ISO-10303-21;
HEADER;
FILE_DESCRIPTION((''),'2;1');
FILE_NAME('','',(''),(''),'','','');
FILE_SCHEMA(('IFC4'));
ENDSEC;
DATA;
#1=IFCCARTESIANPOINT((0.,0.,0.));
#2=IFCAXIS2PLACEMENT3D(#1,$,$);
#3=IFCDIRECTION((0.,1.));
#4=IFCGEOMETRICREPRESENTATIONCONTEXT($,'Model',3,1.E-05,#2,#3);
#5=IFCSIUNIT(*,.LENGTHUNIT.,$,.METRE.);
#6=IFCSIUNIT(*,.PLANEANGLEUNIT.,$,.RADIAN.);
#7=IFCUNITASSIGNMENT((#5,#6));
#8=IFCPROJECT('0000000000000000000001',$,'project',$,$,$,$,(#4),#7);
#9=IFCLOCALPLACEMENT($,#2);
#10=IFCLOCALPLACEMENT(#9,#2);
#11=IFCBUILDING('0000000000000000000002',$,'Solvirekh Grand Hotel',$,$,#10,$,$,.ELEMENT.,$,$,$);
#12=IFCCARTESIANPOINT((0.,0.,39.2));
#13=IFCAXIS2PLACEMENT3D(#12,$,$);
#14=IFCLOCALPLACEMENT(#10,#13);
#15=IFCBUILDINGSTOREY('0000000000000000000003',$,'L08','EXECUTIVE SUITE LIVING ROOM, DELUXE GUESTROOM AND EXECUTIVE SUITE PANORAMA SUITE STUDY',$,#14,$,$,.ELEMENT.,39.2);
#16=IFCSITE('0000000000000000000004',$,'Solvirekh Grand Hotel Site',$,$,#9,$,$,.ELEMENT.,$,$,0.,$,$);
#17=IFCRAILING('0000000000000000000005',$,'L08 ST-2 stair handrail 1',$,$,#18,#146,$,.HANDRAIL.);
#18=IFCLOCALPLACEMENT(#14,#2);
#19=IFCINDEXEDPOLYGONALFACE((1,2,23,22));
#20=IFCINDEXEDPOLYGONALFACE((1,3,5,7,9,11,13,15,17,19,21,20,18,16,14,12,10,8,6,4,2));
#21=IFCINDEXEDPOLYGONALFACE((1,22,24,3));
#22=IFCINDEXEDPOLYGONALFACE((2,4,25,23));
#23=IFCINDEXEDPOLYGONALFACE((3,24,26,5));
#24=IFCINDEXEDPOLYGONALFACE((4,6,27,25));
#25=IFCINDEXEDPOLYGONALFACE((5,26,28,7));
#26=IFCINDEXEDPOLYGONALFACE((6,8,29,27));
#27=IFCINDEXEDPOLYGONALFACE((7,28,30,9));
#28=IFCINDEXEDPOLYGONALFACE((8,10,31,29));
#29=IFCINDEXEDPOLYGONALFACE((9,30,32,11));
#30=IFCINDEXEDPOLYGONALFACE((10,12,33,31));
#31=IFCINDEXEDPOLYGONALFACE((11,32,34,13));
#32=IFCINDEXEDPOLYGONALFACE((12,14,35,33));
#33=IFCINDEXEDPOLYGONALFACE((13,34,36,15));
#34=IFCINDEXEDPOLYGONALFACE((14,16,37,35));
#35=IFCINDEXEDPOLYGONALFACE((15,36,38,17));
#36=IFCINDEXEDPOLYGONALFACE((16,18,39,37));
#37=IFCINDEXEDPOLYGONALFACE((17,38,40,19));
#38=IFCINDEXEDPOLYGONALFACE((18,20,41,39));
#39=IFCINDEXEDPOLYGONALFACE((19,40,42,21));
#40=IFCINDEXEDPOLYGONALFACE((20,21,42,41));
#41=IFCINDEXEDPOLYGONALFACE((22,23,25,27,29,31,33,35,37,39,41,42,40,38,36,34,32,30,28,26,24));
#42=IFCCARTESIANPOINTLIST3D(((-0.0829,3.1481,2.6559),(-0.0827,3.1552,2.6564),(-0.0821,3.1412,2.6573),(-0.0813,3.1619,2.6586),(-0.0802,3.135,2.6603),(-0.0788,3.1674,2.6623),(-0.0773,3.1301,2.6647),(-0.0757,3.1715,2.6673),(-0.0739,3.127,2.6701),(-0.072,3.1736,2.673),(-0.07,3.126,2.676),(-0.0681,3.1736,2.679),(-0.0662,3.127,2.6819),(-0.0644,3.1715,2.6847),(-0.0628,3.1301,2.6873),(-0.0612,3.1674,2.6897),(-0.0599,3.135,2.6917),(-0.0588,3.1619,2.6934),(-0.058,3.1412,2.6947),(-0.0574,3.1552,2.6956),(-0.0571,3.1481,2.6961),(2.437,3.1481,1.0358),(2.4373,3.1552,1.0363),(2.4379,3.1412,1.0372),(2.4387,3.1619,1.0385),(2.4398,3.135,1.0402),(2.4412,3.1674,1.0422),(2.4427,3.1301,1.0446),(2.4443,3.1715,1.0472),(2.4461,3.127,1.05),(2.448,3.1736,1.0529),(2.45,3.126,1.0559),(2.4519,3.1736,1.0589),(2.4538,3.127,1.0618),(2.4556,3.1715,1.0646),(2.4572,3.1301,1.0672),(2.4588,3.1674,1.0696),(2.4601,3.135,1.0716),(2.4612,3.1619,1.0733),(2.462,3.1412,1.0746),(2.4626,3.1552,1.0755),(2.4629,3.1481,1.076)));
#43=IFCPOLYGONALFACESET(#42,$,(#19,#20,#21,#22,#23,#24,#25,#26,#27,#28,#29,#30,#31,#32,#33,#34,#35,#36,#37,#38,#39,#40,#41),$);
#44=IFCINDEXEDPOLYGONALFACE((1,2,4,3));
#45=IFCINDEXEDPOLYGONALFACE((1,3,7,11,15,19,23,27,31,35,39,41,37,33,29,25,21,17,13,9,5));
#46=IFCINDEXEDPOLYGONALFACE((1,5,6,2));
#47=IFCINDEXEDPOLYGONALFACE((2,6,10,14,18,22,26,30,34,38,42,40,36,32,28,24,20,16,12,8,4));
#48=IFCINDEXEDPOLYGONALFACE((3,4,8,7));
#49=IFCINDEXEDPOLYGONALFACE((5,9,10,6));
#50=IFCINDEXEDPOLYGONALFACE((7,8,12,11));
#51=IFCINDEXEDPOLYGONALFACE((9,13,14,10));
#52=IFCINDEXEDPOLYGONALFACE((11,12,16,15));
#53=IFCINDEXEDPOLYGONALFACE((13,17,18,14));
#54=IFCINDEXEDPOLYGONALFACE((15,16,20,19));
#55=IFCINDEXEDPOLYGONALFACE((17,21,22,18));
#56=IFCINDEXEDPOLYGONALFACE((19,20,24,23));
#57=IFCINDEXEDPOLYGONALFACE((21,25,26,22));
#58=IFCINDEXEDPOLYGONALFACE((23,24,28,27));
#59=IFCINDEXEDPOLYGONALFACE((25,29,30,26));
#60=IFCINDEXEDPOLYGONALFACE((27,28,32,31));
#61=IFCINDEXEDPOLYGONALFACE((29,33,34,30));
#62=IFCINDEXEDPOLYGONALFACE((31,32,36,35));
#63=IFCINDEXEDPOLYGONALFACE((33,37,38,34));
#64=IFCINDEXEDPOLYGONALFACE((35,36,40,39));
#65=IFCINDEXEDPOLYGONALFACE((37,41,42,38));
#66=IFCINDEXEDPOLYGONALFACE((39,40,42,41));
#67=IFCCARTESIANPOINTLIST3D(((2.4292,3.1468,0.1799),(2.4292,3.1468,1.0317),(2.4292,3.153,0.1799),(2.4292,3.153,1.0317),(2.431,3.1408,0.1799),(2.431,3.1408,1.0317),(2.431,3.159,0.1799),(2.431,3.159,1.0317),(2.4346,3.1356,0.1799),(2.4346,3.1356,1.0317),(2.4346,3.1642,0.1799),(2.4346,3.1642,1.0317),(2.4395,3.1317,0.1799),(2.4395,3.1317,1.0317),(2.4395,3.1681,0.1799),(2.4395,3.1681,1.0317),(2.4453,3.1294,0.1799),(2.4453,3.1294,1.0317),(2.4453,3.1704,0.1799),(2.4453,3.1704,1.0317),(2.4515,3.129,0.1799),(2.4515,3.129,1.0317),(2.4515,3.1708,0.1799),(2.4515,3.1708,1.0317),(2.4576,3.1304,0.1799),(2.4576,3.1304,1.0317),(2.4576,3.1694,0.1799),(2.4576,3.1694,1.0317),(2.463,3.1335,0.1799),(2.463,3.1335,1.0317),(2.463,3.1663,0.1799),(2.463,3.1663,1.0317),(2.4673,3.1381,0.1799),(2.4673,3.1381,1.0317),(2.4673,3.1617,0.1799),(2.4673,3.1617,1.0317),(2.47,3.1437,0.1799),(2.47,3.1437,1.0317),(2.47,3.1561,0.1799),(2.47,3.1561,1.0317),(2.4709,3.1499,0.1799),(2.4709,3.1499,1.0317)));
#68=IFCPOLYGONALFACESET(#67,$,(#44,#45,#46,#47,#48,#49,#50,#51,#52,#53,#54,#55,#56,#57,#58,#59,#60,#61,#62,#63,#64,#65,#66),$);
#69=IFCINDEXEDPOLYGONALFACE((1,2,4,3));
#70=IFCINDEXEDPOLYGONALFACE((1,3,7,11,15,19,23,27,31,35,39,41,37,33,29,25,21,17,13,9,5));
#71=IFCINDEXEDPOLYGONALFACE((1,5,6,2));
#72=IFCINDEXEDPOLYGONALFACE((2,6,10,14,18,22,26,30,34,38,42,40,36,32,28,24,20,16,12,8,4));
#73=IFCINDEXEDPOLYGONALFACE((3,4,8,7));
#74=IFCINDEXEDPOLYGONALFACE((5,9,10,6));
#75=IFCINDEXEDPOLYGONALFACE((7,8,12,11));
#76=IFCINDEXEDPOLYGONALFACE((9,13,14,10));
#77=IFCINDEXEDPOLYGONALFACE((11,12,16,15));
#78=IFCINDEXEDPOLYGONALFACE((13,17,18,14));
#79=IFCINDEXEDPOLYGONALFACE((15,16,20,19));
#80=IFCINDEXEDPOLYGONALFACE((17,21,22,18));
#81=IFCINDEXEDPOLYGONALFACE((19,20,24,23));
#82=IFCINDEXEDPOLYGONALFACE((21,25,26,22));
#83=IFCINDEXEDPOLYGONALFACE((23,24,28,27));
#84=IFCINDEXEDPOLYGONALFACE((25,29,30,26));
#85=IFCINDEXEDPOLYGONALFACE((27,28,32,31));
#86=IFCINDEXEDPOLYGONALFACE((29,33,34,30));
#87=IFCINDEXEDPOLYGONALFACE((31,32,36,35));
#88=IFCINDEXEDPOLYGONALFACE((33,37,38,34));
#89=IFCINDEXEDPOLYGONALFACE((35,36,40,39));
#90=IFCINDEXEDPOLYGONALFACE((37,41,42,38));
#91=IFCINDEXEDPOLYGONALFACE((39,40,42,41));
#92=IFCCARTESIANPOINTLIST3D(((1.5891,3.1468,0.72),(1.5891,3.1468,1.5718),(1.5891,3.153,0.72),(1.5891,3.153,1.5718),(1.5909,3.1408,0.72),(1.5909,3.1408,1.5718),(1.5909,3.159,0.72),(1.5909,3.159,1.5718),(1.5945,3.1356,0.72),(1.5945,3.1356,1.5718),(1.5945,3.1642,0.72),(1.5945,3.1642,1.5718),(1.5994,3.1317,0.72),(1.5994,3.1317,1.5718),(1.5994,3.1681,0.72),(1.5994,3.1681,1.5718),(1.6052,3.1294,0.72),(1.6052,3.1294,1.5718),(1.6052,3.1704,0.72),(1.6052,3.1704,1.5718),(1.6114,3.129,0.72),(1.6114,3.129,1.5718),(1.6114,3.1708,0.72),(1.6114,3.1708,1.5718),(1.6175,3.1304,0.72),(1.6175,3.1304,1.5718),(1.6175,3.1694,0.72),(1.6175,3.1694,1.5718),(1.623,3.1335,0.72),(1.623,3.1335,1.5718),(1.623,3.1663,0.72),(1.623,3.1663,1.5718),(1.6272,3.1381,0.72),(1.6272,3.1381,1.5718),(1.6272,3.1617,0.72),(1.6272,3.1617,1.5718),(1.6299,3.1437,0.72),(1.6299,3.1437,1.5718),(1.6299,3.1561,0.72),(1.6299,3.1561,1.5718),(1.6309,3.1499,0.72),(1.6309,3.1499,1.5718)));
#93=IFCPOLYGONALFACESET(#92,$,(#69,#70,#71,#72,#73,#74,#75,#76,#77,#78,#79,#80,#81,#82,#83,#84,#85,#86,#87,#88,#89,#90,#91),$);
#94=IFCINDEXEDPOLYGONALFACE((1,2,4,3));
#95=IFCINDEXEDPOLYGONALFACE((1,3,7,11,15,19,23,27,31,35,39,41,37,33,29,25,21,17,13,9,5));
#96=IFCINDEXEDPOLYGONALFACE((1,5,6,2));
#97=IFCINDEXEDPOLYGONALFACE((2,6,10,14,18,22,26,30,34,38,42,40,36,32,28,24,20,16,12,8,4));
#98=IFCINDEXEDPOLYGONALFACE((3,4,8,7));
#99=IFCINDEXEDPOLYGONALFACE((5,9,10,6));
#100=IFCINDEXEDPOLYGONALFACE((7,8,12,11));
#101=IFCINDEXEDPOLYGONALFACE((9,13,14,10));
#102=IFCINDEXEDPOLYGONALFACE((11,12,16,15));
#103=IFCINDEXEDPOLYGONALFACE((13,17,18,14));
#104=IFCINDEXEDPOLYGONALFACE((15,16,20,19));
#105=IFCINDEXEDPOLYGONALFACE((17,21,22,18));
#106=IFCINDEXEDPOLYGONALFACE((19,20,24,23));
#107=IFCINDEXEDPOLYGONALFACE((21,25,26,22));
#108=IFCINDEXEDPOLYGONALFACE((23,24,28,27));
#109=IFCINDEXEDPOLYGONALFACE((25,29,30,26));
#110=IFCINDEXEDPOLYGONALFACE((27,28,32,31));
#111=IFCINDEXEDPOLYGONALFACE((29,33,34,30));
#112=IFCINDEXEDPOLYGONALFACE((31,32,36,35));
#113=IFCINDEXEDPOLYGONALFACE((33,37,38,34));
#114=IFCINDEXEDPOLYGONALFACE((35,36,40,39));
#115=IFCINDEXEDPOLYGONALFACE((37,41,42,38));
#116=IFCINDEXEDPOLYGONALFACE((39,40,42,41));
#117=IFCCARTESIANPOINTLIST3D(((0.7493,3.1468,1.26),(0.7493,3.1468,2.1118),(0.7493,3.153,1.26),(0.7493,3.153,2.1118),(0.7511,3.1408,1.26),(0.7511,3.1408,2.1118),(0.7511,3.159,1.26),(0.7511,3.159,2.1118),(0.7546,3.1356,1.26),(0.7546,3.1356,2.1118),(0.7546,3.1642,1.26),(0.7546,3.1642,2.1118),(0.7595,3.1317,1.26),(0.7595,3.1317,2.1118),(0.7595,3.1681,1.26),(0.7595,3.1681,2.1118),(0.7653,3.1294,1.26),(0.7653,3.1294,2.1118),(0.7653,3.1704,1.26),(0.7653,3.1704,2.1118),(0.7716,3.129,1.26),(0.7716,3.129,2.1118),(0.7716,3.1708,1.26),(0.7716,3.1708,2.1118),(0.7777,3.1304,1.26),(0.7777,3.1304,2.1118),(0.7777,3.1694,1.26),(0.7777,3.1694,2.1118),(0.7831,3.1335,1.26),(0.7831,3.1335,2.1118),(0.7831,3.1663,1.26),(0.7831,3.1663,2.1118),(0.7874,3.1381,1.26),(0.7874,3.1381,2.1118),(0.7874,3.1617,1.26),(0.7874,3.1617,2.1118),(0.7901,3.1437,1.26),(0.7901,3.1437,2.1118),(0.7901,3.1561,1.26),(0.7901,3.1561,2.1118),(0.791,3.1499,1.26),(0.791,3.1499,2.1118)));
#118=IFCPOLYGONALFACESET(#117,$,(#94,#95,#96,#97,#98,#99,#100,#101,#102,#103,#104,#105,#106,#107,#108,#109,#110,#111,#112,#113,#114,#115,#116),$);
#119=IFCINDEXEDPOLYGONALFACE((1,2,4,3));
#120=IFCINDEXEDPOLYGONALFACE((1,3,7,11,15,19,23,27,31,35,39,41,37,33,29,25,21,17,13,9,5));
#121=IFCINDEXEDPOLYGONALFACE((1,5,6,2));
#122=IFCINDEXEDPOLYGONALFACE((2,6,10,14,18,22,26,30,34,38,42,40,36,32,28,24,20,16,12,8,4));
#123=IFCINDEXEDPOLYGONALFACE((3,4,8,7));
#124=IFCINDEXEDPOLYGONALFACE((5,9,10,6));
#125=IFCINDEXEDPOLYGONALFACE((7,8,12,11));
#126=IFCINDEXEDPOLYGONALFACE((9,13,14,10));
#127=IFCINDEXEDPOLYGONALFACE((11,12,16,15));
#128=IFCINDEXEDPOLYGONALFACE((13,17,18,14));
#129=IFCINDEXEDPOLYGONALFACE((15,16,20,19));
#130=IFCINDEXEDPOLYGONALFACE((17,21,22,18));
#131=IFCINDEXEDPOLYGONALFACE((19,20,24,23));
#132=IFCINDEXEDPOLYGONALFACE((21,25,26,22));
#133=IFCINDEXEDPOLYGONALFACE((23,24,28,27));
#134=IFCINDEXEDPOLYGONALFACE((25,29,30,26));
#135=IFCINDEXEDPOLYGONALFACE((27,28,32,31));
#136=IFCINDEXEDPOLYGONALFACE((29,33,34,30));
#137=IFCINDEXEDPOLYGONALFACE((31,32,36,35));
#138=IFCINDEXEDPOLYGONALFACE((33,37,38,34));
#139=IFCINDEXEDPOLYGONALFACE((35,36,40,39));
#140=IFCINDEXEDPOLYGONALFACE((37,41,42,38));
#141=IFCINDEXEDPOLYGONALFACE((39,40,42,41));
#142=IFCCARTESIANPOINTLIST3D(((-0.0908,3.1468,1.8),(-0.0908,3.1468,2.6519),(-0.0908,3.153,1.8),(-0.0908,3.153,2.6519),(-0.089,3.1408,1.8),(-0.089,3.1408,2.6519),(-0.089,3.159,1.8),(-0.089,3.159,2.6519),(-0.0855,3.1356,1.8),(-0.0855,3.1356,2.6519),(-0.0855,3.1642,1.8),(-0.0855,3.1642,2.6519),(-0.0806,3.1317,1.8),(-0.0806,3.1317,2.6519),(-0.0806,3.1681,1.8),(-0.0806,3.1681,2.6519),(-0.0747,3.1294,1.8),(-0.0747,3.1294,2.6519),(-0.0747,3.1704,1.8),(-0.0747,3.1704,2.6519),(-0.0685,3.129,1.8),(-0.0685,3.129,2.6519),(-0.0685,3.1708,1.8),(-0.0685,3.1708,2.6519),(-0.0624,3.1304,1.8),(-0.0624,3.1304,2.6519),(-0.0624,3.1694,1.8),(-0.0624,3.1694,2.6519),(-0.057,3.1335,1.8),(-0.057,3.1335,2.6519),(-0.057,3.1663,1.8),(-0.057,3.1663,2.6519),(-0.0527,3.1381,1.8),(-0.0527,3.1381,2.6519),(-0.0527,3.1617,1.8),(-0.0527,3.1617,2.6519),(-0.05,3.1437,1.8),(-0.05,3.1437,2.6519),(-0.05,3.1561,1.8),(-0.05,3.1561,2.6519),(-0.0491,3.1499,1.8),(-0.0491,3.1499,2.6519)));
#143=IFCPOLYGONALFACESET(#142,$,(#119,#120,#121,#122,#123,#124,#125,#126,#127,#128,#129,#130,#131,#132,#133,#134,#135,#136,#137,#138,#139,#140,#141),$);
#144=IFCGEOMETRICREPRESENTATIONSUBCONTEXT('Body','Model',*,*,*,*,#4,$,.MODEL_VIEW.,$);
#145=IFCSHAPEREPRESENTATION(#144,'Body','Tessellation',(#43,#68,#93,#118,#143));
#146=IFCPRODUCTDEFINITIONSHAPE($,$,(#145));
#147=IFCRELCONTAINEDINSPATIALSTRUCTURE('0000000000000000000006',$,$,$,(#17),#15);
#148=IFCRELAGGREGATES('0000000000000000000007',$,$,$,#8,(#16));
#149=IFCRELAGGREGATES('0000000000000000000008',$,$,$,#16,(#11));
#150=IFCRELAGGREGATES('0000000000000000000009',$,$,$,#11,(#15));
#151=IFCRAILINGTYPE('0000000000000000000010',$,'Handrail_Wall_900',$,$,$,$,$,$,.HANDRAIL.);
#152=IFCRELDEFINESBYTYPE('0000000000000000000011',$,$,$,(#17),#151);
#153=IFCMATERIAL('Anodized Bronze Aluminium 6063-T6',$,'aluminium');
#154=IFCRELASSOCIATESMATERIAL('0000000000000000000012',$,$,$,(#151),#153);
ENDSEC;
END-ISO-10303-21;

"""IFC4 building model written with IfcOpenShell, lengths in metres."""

from ifc_helpers import new_model, si_unit, direction, frame, origin, origin_2d, place, context, subcontext, project, spatial, circle, extrude, material, type_object, element, save


model = new_model("IFC4")

# Units and contexts
model_context = context("Model", 3, precision=1e-05, world=origin(), true_north=direction((0.0, 1.0)))
body_context = subcontext(model_context, "Body", "Model", "MODEL_VIEW")
ifc_project = project(units=[si_unit("LENGTHUNIT", "METRE"), si_unit("PLANEANGLEUNIT", "RADIAN")], contexts=[model_context])

# Site, building, storey
site_placement = place(None, origin())
site = spatial("IfcSite", under=ifc_project, at=site_placement, Name="Solvirekh Grand Hotel Site", CompositionType="ELEMENT", RefElevation=0.0)
building_placement = place(site_placement, origin())
building = spatial("IfcBuilding", under=site, at=building_placement, Name="Solvirekh Grand Hotel", CompositionType="ELEMENT")
storey_placement = place(building_placement, frame((0.0, 0.0, 39.2)))
storey = spatial("IfcBuildingStorey", under=building, at=storey_placement, Name="L08", Description="EXECUTIVE SUITE LIVING ROOM, DELUXE GUESTROOM AND EXECUTIVE SUITE PANORAMA SUITE STUDY", CompositionType="ELEMENT", Elevation=39.2)

# Shared definitions
ifc_material_1 = material(Name="Anodized Bronze Aluminium 6063-T6", Category="aluminium")

# Railing
railing_type_1 = type_object("IfcRailingType", Name="Handrail_Wall_900", PredefinedType="HANDRAIL", material=ifc_material_1)
railing_1_placement = place(storey_placement, frame((2.45, 3.1499, 0.1799)))
element("IfcRailing", 1, at=railing_1_placement, inside=storey, type_object=railing_type_1, Name="L08 ST-2 stair handrail 1", PredefinedType="HANDRAIL", context=body_context, shape_type="SweptSolid", body=[
    extrude(circle(Radius=0.0239, at=origin_2d()), frame((0.0, 0.0, 0.876), z_axis=(-0.841163, 0.0, 0.540782), x_axis=(0.0, -1.0, 0.0)), (0.0, 0.0, 1.0), 2.9958),
    extrude(circle(Radius=0.021, at=origin_2d()), origin(), (0.0, 0.0, 1.0), 0.8518),
    extrude(circle(Radius=0.021, at=origin_2d()), frame((-0.8401, 0.0, 0.54)), (0.0, 0.0, 1.0), 0.8518),
    extrude(circle(Radius=0.021, at=origin_2d()), frame((-1.6799, 0.0, 1.0801)), (0.0, 0.0, 1.0), 0.8518),
    extrude(circle(Radius=0.021, at=origin_2d()), frame((-2.52, 0.0, 1.6201)), (0.0, 0.0, 1.0), 0.8518),
])

save(model, "model.ifc")
